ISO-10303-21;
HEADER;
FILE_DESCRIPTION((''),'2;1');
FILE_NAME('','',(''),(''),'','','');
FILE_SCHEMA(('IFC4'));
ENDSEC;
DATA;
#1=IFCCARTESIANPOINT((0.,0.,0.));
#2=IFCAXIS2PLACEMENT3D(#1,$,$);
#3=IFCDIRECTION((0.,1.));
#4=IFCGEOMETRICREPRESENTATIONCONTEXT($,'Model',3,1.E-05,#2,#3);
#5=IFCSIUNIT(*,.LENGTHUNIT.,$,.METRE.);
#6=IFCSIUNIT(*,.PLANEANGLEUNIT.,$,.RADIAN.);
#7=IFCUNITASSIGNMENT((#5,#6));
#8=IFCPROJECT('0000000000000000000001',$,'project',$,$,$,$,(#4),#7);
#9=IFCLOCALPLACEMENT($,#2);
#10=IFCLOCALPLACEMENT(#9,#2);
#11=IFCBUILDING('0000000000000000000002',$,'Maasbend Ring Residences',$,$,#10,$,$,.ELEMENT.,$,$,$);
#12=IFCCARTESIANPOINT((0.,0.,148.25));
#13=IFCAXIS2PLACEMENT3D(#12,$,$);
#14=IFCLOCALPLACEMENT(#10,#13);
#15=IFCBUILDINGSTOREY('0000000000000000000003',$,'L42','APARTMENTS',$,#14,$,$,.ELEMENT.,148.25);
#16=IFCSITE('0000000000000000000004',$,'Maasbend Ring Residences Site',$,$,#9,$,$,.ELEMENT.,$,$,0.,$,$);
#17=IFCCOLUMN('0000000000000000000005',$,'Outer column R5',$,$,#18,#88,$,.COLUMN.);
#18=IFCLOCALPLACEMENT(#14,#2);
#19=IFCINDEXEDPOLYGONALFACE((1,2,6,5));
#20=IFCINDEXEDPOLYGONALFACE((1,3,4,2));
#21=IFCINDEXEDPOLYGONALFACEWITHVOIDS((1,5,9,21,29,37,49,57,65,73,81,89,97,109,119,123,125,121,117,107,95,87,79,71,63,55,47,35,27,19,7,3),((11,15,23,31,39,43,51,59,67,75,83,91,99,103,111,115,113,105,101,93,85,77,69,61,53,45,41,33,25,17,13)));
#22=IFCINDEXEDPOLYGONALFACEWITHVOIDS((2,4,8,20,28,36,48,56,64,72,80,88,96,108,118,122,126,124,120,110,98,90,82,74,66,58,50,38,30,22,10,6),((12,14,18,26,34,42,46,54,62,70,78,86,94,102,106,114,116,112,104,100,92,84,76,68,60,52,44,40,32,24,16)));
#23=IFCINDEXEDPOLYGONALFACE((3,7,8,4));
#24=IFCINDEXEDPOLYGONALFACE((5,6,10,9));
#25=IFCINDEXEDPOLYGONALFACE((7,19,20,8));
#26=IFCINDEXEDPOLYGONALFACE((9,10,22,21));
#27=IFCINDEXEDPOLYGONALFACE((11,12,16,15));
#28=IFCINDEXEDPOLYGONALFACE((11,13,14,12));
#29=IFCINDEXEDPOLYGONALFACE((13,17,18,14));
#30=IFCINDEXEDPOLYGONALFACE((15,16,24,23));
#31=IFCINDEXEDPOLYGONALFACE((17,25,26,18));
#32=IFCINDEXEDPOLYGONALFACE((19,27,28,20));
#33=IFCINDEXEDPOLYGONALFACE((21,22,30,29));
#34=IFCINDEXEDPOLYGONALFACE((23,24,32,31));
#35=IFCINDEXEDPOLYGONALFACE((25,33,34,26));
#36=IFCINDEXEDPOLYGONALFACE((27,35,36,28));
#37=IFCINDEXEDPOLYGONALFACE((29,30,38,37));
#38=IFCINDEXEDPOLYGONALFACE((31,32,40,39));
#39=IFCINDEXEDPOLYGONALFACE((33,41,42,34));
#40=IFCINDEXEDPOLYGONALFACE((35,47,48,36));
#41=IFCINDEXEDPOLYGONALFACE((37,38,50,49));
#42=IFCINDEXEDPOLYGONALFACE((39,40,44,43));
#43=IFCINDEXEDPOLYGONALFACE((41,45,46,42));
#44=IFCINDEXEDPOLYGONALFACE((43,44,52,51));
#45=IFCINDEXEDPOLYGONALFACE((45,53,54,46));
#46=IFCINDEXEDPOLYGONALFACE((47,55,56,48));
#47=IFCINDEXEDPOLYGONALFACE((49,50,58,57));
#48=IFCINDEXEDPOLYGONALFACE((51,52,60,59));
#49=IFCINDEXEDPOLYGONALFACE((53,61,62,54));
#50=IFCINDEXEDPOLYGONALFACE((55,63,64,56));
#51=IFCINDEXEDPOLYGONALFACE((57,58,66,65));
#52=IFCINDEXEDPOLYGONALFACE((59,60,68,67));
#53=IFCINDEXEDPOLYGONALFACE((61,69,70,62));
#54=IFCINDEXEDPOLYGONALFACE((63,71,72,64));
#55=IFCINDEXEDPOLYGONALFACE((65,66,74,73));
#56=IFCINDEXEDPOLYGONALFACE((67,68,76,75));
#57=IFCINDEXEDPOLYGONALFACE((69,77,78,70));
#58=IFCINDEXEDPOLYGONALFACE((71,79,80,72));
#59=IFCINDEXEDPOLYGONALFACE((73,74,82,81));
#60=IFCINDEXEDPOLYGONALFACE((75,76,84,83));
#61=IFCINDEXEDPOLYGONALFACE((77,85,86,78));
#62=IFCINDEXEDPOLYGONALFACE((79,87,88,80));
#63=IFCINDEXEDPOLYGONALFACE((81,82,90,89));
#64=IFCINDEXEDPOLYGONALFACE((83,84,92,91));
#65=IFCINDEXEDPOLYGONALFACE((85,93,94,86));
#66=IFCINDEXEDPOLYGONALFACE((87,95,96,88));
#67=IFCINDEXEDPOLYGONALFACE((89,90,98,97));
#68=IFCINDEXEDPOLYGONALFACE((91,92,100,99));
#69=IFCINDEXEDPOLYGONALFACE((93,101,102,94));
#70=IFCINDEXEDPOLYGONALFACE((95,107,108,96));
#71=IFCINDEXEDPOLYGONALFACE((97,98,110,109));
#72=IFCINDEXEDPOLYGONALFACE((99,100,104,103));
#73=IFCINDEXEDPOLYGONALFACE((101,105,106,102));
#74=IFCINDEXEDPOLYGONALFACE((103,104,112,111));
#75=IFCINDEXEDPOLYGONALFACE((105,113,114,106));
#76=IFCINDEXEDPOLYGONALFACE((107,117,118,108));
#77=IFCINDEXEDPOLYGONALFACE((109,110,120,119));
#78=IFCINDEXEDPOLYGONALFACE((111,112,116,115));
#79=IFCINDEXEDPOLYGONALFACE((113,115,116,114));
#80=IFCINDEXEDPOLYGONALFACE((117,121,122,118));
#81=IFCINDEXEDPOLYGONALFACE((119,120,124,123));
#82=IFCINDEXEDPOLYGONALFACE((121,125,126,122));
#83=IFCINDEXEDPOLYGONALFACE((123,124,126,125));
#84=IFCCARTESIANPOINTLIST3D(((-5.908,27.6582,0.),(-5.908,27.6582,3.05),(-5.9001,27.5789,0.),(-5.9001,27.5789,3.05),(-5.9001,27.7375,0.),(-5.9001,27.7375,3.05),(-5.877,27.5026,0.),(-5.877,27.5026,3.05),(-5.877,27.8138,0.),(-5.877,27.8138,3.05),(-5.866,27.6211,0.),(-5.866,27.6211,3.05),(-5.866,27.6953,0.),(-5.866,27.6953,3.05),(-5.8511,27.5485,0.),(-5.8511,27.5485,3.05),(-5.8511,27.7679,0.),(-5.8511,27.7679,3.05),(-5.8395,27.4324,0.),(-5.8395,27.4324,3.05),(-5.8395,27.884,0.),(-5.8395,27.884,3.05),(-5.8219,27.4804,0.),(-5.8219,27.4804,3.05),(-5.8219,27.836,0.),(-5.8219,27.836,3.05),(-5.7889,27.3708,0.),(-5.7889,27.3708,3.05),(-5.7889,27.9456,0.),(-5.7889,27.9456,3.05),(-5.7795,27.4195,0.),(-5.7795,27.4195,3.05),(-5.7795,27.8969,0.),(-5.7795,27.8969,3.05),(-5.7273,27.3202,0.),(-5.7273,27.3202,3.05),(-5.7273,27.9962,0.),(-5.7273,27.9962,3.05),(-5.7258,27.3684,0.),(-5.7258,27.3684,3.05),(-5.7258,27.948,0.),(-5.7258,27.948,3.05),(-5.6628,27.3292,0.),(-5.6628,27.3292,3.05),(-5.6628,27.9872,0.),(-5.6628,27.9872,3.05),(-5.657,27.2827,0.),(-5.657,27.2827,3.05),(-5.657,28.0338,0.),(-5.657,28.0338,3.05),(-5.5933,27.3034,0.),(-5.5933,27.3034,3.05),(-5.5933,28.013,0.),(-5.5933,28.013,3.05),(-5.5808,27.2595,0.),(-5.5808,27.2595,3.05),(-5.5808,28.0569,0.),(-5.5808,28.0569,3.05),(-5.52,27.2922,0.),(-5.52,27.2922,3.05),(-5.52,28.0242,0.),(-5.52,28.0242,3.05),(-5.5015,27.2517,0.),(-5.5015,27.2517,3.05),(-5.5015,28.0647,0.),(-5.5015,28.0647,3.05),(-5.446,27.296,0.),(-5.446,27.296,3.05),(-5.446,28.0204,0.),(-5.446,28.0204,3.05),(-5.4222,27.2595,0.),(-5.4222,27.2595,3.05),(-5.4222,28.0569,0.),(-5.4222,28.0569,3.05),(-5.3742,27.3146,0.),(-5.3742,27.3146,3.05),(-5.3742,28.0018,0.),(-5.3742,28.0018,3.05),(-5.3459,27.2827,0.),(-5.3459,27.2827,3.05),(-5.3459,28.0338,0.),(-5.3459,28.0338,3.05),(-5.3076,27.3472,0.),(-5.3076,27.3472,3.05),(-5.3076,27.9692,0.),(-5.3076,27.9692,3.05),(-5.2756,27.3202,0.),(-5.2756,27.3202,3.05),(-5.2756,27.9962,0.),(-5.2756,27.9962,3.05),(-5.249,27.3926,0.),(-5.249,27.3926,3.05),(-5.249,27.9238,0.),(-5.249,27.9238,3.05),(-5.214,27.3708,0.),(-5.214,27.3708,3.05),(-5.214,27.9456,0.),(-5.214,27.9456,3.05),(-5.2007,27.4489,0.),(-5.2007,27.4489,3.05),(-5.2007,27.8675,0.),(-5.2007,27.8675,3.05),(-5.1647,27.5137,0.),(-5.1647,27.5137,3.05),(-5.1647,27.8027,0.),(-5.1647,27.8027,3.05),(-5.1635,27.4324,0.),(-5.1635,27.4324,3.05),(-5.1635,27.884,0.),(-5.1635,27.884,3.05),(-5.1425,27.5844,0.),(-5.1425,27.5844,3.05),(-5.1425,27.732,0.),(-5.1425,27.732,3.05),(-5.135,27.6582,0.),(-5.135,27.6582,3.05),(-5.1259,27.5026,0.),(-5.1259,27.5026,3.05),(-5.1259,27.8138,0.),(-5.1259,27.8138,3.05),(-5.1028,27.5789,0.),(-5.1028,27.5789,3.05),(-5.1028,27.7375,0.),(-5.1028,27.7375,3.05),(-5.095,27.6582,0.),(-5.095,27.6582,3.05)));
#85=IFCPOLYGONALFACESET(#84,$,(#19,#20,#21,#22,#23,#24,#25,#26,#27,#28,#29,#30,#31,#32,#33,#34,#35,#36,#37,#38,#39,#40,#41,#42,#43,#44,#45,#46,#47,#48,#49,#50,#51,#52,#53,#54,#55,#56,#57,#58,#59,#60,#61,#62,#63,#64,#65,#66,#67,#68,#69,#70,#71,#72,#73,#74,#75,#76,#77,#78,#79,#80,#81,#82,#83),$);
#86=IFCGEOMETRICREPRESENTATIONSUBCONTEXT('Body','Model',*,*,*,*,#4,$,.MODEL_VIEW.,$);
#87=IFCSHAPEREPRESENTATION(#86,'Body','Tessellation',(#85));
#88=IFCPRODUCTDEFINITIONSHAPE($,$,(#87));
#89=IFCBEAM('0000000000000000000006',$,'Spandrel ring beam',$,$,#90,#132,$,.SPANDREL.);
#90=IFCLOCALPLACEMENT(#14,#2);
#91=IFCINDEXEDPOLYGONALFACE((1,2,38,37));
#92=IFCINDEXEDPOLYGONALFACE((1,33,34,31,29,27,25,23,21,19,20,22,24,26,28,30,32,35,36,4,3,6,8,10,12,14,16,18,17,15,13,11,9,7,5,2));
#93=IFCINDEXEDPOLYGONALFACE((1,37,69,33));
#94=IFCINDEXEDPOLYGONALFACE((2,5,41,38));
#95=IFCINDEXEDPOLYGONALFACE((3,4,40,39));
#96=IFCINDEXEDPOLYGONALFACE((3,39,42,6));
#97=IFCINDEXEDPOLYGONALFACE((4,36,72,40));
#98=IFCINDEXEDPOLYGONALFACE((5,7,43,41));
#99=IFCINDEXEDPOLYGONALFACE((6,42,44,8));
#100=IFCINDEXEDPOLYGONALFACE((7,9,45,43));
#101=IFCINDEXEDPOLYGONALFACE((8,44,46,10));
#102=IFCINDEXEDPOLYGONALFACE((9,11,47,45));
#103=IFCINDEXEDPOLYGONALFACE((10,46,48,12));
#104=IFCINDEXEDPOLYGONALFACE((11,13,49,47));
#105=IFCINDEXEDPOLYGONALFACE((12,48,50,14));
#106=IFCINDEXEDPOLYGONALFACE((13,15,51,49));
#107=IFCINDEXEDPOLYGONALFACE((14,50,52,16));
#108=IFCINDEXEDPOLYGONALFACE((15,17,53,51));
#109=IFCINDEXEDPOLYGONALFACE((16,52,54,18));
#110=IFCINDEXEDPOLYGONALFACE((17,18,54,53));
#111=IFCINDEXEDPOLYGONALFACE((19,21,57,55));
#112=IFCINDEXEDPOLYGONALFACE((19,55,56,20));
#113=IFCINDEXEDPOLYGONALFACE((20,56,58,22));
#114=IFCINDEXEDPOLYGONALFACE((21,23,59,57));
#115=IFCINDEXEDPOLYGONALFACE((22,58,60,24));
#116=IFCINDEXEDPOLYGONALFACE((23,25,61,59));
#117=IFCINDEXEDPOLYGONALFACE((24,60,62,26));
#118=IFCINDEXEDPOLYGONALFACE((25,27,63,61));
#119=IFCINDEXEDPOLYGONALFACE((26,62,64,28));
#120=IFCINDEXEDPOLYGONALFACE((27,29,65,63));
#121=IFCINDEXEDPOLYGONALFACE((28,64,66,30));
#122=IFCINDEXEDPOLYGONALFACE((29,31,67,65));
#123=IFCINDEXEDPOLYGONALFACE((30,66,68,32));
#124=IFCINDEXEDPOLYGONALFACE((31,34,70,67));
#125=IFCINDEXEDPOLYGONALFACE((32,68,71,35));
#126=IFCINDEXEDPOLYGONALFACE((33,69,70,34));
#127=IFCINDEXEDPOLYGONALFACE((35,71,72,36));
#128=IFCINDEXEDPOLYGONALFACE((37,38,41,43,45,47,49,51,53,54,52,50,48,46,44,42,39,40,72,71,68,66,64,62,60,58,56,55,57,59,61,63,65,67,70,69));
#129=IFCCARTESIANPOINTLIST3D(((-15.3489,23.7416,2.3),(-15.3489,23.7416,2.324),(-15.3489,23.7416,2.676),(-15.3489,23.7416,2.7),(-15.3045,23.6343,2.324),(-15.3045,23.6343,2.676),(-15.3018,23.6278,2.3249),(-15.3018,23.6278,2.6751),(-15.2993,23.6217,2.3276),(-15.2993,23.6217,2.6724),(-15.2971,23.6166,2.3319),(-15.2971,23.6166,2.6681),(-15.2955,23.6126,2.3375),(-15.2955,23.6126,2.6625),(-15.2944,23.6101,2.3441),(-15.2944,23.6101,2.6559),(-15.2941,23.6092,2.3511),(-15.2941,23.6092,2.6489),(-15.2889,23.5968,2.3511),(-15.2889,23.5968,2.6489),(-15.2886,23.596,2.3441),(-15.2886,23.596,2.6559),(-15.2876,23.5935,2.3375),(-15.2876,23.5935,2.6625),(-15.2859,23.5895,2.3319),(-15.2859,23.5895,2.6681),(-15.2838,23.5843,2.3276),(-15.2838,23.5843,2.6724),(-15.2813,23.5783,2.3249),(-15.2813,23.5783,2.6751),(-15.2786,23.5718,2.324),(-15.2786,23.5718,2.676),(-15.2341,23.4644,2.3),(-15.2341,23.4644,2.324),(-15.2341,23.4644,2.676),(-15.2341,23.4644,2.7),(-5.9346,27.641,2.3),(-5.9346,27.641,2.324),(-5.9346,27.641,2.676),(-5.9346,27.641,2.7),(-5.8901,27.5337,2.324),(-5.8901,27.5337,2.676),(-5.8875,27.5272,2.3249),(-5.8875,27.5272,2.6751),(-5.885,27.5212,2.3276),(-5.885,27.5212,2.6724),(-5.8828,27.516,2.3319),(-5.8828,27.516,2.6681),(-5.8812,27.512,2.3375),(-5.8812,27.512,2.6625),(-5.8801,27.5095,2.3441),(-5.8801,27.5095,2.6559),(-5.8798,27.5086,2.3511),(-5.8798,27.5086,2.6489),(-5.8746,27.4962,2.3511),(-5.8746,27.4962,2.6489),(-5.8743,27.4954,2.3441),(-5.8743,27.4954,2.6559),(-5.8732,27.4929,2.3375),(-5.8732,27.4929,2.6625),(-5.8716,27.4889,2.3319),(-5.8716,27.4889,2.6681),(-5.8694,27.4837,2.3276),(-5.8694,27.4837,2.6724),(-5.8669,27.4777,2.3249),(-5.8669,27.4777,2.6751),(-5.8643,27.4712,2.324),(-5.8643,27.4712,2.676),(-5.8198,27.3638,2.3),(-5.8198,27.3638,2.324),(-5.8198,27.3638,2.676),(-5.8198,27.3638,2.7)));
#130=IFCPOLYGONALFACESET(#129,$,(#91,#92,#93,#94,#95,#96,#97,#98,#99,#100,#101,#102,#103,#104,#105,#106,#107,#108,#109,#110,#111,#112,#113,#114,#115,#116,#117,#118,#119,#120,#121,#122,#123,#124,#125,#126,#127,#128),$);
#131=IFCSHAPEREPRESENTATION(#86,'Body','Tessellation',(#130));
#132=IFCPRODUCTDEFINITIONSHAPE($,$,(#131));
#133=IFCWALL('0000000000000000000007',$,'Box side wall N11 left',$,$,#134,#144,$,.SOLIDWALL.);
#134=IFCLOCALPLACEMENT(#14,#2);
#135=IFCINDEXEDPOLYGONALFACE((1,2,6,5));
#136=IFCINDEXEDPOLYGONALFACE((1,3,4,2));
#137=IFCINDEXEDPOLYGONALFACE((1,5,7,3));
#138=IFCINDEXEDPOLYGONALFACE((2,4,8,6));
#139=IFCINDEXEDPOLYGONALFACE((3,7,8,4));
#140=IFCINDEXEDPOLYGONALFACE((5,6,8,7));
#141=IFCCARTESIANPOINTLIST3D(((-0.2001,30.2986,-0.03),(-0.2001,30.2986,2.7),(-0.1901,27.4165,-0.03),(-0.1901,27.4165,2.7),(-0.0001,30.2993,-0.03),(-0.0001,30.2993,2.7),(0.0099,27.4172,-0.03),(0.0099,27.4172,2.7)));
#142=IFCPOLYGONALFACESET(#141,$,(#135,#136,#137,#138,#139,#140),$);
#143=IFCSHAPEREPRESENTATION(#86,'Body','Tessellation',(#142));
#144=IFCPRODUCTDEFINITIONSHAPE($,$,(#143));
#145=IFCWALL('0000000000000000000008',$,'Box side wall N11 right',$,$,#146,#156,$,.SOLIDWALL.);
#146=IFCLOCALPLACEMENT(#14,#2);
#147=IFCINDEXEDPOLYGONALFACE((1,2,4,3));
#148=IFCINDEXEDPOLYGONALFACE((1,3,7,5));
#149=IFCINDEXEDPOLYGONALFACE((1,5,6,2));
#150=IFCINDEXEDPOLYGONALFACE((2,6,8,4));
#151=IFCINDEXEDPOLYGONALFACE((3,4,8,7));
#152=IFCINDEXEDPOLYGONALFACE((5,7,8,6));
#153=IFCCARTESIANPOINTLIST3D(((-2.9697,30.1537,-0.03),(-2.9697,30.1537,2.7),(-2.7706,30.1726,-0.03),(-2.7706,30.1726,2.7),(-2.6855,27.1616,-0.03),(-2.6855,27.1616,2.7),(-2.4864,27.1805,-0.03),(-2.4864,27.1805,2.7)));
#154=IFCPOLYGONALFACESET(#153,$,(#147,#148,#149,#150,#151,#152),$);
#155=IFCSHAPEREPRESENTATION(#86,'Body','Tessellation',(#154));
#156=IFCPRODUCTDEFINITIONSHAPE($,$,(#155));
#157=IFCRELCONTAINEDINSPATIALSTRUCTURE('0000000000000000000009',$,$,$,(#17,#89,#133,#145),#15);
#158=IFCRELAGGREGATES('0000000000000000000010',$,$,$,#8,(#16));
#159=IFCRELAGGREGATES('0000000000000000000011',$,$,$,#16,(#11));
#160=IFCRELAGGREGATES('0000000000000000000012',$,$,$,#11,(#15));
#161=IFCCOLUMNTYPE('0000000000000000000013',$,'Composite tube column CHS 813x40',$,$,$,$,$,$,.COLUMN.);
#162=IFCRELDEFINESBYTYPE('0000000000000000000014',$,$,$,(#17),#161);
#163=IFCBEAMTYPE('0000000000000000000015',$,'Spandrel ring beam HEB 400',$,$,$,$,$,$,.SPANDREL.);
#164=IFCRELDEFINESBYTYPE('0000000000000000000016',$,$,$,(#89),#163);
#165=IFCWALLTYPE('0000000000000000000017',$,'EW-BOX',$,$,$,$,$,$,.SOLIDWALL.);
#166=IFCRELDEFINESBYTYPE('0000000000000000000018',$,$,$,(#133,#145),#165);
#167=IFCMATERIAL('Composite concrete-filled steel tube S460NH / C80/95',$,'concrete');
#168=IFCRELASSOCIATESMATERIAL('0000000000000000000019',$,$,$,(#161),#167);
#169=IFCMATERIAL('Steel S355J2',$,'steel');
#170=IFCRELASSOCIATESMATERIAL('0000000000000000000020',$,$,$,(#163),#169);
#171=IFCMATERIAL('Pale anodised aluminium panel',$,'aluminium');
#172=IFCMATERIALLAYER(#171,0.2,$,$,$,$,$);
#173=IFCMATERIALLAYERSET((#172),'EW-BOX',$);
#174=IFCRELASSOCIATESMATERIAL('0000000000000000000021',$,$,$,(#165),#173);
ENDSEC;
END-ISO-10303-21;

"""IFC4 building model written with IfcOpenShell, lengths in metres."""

from ifc_helpers import new_model, si_unit, direction, frame, frame_2d, origin, origin_2d, place, context, subcontext, project, spatial, rectangle, hollow_circle, i_section, extrude, material, layer, layer_set, material_profile, profile_set, type_object, element, save


model = new_model("IFC4")

# Units and contexts
model_context = context("Model", 3, precision=1e-05, world=origin(), true_north=direction((0.0, 1.0)))
body_context = subcontext(model_context, "Body", "Model", "MODEL_VIEW")
ifc_project = project(units=[si_unit("LENGTHUNIT", "METRE"), si_unit("PLANEANGLEUNIT", "RADIAN")], contexts=[model_context])

# Site, building, storey
site_placement = place(None, origin())
site = spatial("IfcSite", under=ifc_project, at=site_placement, Name="Maasbend Ring Residences Site", CompositionType="ELEMENT", RefElevation=0.0)
building_placement = place(site_placement, origin())
building = spatial("IfcBuilding", under=site, at=building_placement, Name="Maasbend Ring Residences", CompositionType="ELEMENT")
storey_placement = place(building_placement, frame((0.0, 0.0, 148.25)))
storey = spatial("IfcBuildingStorey", under=building, at=storey_placement, Name="L42", Description="APARTMENTS", CompositionType="ELEMENT", Elevation=148.25)

# Column
ifc_material_1 = material(Name="Composite concrete-filled steel tube S460NH / C80/95", Category="concrete")
ifc_material_profile_1 = material_profile(ifc_material_1, hollow_circle(Radius=0.4065, WallThickness=0.04, at=origin_2d()), Name="Composite tube column CHS 813x40")
ifc_profile_set_1 = profile_set([ifc_material_profile_1], Name="Composite concrete-filled steel tube S460NH / C80/95")
column_type = type_object("IfcColumnType", Name="Composite tube column CHS 813x40", PredefinedType="COLUMN", material=ifc_profile_set_1)
column_placement = place(storey_placement, frame((-5.5015, 27.6582, 0.0), z_axis=(0.0, 0.0, 1.0), x_axis=(1.0, 0.0, 0.0)))
element("IfcColumn", 1, at=column_placement, inside=storey, type_object=column_type, Name="Outer column R5", PredefinedType="COLUMN", context=body_context, shape_type="SweptSolid", body=[
    extrude(hollow_circle(Radius=0.4065, WallThickness=0.04, at=origin_2d()), origin(), (0.0, 0.0, 1.0), 3.05),
])

# Beam
ifc_material_2 = material(Name="Steel S355J2", Category="steel")
ifc_material_profile_2 = material_profile(ifc_material_2, i_section(OverallWidth=0.3, OverallDepth=0.3999, WebThickness=0.0134, FlangeThickness=0.0239, FilletRadius=0.0271, at=origin_2d()), Name="HEB 400")
ifc_profile_set_2 = profile_set([ifc_material_profile_2], Name="Steel S355J2")
beam_type = type_object("IfcBeamType", Name="Spandrel ring beam HEB 400", PredefinedType="SPANDREL", material=ifc_profile_set_2)
beam_placement = place(storey_placement, frame((-5.8772, 27.5024, 2.5), z_axis=(-0.923884, -0.382673, 0.0), x_axis=(0.382673, -0.923884, 0.0)))
element("IfcBeam", 2, at=beam_placement, inside=storey, type_object=beam_type, Name="Spandrel ring beam", PredefinedType="SPANDREL", context=body_context, shape_type="SweptSolid", body=[
    extrude(i_section(OverallWidth=0.3, OverallDepth=0.3999, WebThickness=0.0134, FlangeThickness=0.0239, FilletRadius=0.0271, at=origin_2d()), origin(), (0.0, 0.0, 1.0), 10.1899),
])

# Walls
ifc_material_3 = material(Name="Pale anodised aluminium panel", Category="aluminium")
ifc_layer_1 = layer(ifc_material_3, 0.2)
ifc_layer_set_1 = layer_set([ifc_layer_1], Name="EW-BOX")
wall_type_1 = type_object("IfcWallType", Name="EW-BOX", PredefinedType="SOLIDWALL", material=ifc_layer_set_1)
wall_1_placement = place(storey_placement, frame((-0.0901, 27.417, -0.03), z_axis=(0.0, 0.0, 1.0), x_axis=(-0.003473, 0.999994, 0.0)))
element("IfcWall", 3, at=wall_1_placement, inside=storey, type_object=wall_type_1, Name="Box side wall N11 left", PredefinedType="SOLIDWALL", context=body_context, shape_type="SweptSolid", body=[
    extrude(rectangle(XDim=2.8821, YDim=0.2, at=frame_2d((1.4409, 0.0))), origin(), (0.0, 0.0, 1.0), 2.73),
])
wall_2_placement = place(storey_placement, frame((-2.5859, 27.1709, -0.03), z_axis=(0.0, 0.0, 1.0), x_axis=(-0.094548, 0.99552, 0.0)))
element("IfcWall", 4, at=wall_2_placement, inside=storey, type_object=wall_type_1, Name="Box side wall N11 right", PredefinedType="SOLIDWALL", context=body_context, shape_type="SweptSolid", body=[
    extrude(rectangle(XDim=3.0056, YDim=0.2, at=frame_2d((1.5029, 0.0))), origin(), (0.0, 0.0, 1.0), 2.73),
])

save(model, "model.ifc")
